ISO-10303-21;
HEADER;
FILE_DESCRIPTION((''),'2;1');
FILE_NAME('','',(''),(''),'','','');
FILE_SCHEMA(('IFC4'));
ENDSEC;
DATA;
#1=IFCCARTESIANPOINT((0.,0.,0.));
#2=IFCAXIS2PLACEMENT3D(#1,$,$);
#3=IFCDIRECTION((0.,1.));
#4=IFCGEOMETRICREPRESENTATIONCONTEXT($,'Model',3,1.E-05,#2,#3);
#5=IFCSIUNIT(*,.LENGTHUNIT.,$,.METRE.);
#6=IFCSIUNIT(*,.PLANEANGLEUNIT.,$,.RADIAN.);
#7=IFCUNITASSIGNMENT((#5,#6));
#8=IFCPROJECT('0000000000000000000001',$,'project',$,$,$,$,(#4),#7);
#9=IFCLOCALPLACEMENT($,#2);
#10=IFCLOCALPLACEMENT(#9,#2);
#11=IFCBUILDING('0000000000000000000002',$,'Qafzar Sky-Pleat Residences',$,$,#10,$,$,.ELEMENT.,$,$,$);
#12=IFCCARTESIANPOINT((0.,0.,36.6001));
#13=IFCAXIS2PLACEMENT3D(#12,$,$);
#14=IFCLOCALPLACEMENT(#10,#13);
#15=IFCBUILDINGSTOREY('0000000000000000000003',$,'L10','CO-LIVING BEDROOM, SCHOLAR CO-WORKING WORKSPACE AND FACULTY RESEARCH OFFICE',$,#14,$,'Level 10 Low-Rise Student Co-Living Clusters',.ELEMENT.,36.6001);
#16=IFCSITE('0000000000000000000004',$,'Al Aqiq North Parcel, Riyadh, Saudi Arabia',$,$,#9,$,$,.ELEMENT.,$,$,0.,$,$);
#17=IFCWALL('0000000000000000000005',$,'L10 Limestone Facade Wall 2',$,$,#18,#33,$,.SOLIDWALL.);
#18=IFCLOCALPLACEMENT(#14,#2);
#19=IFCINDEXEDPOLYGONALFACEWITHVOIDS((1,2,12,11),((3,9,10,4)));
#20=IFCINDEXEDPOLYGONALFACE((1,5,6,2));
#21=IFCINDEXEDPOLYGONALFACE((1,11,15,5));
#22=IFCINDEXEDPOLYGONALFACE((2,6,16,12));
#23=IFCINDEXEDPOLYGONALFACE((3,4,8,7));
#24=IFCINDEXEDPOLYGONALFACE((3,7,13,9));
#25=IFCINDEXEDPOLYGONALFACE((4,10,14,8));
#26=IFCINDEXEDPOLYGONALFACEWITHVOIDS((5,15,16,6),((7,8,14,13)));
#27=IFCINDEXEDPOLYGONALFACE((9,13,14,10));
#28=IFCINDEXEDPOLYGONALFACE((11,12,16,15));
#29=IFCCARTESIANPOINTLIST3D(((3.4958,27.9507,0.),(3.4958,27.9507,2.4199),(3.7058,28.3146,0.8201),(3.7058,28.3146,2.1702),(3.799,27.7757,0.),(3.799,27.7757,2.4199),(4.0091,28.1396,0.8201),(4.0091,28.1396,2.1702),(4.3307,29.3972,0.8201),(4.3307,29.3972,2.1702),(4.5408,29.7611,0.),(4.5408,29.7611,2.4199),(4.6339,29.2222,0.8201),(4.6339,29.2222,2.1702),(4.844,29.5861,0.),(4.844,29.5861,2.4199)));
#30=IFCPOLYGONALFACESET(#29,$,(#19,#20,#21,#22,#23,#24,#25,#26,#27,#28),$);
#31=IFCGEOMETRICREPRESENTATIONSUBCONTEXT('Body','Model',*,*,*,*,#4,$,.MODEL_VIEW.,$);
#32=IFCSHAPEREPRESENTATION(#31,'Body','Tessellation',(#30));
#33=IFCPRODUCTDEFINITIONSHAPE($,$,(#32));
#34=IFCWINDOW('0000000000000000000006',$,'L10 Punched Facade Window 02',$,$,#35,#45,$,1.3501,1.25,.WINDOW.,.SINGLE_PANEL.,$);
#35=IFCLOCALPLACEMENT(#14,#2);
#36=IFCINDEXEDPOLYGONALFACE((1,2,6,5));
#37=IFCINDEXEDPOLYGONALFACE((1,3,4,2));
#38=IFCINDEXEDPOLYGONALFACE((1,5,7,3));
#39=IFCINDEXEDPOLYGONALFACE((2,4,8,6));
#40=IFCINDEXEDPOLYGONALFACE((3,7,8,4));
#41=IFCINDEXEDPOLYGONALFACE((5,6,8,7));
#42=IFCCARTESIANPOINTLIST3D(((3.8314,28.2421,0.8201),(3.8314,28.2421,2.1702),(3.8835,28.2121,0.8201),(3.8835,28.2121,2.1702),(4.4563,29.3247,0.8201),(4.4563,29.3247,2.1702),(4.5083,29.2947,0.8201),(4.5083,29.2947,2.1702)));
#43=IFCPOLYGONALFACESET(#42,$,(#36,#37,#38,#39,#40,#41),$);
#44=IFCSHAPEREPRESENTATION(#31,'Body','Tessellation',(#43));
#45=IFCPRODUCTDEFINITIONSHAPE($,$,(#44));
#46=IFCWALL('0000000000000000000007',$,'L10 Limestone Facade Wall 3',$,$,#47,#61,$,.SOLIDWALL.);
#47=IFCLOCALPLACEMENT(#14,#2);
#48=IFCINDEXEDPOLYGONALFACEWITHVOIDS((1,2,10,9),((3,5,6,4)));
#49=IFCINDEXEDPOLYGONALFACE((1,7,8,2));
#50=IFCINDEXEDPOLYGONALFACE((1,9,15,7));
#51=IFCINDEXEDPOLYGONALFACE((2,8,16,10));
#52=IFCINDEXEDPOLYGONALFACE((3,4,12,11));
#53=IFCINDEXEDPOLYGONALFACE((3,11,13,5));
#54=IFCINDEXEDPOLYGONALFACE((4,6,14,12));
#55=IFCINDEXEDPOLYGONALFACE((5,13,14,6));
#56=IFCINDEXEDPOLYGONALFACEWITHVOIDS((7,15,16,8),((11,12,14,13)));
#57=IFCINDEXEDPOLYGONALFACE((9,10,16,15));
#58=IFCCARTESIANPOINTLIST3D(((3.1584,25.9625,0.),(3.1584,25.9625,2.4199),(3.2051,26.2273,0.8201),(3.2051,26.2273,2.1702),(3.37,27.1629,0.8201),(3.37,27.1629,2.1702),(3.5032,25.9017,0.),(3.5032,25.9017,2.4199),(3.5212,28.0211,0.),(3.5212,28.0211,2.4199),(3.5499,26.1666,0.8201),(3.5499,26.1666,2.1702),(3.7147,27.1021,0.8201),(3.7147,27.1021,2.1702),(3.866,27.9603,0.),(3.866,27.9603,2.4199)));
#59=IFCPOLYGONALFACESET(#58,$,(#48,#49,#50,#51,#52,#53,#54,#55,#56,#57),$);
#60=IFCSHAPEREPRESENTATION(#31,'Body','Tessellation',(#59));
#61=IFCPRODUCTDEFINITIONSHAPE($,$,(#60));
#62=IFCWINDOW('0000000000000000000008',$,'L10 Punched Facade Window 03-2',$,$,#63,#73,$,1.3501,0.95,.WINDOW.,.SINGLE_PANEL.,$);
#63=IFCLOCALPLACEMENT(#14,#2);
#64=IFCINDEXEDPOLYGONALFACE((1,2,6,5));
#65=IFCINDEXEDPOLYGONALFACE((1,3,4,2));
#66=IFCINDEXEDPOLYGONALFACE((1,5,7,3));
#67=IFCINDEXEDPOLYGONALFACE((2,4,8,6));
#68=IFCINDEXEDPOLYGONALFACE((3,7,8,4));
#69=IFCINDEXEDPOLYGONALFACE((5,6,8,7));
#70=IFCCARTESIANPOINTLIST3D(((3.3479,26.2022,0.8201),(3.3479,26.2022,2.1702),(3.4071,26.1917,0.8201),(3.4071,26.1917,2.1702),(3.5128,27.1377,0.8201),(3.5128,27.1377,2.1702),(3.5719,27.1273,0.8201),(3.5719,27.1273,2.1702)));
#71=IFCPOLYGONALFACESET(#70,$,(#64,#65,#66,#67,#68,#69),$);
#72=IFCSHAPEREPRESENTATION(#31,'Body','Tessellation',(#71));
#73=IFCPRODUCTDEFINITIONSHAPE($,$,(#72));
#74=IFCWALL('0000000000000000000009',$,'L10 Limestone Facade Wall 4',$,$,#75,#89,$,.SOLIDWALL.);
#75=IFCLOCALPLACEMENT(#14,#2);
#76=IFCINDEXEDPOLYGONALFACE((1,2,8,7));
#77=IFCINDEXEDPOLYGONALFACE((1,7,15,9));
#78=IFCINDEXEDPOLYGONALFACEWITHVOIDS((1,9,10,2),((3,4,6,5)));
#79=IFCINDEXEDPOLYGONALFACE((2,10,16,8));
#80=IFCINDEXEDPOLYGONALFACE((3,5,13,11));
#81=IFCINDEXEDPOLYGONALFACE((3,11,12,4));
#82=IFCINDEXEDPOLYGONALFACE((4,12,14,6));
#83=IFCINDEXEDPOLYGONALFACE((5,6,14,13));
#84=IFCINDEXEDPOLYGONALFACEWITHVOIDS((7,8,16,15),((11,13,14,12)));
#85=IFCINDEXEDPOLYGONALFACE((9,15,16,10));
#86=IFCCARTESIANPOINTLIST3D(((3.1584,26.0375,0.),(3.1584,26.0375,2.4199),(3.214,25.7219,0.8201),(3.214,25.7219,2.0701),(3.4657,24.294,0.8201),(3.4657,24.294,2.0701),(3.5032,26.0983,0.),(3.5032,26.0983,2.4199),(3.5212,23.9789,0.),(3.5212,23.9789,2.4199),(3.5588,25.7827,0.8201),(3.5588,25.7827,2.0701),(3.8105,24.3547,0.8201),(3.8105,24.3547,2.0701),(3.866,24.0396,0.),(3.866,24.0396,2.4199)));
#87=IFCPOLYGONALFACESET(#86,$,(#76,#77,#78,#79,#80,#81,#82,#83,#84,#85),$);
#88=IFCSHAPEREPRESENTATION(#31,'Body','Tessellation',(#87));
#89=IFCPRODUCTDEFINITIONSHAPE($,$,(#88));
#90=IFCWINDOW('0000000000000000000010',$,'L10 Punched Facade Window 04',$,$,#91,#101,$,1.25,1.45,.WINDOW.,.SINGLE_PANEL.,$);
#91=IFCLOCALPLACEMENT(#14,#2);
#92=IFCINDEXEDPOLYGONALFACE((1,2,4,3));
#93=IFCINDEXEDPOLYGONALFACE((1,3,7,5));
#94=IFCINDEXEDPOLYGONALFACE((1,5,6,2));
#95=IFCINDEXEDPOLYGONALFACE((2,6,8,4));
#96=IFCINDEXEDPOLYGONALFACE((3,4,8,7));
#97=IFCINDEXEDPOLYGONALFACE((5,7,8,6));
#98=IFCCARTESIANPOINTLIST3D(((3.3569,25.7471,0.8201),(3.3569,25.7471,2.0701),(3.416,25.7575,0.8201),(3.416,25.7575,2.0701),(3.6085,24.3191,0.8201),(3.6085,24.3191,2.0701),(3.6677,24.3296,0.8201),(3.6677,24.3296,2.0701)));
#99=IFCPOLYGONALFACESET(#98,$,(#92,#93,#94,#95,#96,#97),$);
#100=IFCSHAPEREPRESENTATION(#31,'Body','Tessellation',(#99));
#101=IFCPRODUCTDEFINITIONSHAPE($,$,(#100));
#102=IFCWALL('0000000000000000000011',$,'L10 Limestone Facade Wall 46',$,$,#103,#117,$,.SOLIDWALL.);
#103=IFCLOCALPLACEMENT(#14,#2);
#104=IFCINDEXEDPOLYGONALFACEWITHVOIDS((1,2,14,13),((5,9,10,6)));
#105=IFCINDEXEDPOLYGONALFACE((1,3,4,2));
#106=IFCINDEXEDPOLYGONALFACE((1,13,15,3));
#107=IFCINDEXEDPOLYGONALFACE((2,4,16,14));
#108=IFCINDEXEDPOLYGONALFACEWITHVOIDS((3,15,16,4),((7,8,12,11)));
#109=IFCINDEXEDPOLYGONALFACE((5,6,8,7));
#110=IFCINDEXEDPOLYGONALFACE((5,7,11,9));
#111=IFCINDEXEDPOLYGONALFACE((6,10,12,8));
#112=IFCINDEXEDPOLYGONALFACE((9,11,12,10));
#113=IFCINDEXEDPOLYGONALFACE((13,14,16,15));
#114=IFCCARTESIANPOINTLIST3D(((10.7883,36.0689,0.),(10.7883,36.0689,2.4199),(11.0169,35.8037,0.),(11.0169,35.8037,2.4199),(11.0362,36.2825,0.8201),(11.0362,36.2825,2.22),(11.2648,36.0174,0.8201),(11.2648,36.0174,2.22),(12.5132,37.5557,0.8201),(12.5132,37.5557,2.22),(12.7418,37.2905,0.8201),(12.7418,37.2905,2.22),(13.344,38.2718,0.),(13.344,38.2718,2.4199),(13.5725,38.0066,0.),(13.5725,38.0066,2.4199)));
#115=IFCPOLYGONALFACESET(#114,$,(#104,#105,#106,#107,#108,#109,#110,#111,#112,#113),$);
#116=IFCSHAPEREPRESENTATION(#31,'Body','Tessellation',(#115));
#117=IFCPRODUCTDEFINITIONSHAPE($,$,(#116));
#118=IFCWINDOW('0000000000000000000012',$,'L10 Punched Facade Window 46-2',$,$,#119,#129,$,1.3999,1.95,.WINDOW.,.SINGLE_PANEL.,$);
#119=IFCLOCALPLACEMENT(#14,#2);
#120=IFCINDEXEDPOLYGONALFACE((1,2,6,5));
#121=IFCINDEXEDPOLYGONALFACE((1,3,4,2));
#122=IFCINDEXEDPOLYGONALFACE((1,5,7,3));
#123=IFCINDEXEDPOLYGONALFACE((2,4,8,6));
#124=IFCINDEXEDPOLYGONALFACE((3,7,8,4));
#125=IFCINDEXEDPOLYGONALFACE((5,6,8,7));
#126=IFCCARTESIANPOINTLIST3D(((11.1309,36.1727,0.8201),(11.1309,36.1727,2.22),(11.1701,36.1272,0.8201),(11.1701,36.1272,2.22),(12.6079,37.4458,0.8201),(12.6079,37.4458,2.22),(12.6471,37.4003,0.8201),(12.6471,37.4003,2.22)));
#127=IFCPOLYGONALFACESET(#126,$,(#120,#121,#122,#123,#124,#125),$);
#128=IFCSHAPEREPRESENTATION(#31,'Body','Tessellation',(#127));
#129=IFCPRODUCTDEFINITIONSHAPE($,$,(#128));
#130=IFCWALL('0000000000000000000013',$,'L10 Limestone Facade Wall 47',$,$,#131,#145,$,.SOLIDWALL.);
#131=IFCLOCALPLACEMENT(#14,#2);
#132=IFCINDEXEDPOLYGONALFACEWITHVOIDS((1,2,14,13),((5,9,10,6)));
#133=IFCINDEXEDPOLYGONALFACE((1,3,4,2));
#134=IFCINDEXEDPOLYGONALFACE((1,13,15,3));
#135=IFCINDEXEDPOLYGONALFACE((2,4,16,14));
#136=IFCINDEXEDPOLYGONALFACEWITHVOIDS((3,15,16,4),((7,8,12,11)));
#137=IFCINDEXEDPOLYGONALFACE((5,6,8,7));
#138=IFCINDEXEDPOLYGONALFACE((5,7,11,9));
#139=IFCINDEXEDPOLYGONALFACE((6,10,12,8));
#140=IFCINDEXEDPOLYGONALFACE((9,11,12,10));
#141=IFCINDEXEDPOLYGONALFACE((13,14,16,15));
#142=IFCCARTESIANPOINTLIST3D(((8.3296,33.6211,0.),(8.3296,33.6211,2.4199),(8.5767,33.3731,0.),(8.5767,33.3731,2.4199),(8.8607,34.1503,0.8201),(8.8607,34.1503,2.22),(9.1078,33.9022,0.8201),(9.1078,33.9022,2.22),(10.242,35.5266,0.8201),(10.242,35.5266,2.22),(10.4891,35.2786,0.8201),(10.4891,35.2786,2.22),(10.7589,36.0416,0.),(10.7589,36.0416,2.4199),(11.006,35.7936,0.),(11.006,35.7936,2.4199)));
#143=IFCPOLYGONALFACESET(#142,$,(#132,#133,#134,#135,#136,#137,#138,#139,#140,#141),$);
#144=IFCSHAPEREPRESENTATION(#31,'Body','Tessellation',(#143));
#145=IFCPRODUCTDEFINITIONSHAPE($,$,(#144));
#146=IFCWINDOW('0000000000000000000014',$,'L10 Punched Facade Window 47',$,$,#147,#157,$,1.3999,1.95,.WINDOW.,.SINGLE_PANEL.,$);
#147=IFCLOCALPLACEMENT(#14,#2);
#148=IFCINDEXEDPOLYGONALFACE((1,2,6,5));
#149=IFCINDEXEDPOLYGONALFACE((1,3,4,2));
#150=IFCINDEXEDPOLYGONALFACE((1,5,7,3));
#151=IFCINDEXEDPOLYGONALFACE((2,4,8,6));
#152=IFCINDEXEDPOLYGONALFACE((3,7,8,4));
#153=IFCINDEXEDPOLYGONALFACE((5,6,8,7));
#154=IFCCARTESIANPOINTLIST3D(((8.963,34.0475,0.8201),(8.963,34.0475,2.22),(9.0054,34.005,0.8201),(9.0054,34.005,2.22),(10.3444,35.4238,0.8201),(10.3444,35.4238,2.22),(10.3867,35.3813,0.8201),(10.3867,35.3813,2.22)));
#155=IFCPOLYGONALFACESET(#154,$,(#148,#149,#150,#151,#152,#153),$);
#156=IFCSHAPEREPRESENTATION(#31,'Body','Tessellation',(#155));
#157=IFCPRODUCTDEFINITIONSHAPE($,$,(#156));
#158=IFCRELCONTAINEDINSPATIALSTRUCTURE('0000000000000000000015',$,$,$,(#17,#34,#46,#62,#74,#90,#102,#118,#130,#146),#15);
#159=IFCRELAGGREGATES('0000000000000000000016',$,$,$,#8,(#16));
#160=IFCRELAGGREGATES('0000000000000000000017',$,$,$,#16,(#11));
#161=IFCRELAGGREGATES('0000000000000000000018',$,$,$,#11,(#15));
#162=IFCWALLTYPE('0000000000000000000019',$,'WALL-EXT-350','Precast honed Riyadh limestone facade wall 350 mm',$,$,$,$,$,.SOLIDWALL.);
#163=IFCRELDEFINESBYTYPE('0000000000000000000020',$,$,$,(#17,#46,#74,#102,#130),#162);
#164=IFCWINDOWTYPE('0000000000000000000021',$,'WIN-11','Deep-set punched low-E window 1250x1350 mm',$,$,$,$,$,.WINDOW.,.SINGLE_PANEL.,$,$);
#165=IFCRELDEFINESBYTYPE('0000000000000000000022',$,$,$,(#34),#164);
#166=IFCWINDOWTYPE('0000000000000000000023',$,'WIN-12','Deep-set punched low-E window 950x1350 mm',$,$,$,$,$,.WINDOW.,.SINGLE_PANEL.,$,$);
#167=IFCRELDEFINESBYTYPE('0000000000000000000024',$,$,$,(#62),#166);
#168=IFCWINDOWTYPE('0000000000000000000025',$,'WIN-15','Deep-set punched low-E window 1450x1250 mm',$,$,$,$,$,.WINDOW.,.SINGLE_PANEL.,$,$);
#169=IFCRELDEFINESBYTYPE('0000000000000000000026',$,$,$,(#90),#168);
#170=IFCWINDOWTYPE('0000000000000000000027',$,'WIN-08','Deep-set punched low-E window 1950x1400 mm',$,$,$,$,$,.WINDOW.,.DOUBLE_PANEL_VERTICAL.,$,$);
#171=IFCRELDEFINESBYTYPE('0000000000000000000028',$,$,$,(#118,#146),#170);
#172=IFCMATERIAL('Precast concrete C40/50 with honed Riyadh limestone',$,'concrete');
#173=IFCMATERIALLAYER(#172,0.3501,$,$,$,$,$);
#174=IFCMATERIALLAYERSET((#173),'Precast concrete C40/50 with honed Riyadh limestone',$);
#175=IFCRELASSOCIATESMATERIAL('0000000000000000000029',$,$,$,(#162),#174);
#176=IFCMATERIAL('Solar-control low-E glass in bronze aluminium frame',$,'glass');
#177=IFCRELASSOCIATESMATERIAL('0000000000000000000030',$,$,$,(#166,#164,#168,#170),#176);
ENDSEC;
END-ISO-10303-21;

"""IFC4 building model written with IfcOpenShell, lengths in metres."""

from ifc_helpers import new_model, si_unit, direction, frame, frame_2d, origin, place, context, subcontext, project, spatial, rectangle, extrude, source, transform, mapped, material, layer, layer_set, type_object, element, fill, save


model = new_model("IFC4")

# Units and contexts
model_context = context("Model", 3, precision=1e-05, world=origin(), true_north=direction((0.0, 1.0)))
body_context = subcontext(model_context, "Body", "Model", "MODEL_VIEW")
ifc_project = project(units=[si_unit("LENGTHUNIT", "METRE"), si_unit("PLANEANGLEUNIT", "RADIAN")], contexts=[model_context])

# Site, building, storey
site_placement = place(None, origin())
site = spatial("IfcSite", under=ifc_project, at=site_placement, Name="Al Aqiq North Parcel, Riyadh, Saudi Arabia", CompositionType="ELEMENT", RefElevation=0.0)
building_placement = place(site_placement, origin())
building = spatial("IfcBuilding", under=site, at=building_placement, Name="Qafzar Sky-Pleat Residences", CompositionType="ELEMENT")
storey_placement = place(building_placement, frame((0.0, 0.0, 36.6001)))
storey = spatial("IfcBuildingStorey", under=building, at=storey_placement, Name="L10", Description="CO-LIVING BEDROOM, SCHOLAR CO-WORKING WORKSPACE AND FACULTY RESEARCH OFFICE", LongName="Level 10 Low-Rise Student Co-Living Clusters", CompositionType="ELEMENT", Elevation=36.6001)

# Walls, openings, windows
ifc_material_1 = material(Name="Precast concrete C40/50 with honed Riyadh limestone", Category="concrete")
ifc_layer_1 = layer(ifc_material_1, 0.3501)
ifc_layer_set_1 = layer_set([ifc_layer_1], Name="Precast concrete C40/50 with honed Riyadh limestone")
wall_type_1 = type_object("IfcWallType", Name="WALL-EXT-350", Description="Precast honed Riyadh limestone facade wall 350 mm", PredefinedType="SOLIDWALL", material=ifc_layer_set_1)
ifc_material_2 = material(Name="Solar-control low-E glass in bronze aluminium frame", Category="glass")
window_type_1 = type_object("IfcWindowType", Name="WIN-12", Description="Deep-set punched low-E window 950x1350 mm", PartitioningType="SINGLE_PANEL", PredefinedType="WINDOW", material=ifc_material_2)
shared_shape_1 = source(origin(), body_context, "Body", "SweptSolid", [
    extrude(rectangle(XDim=0.95, YDim=1.3501, at=frame_2d((0.4751, 0.675))), frame((0.0, 0.03, 0.0), z_axis=(0.0, -1.0, 0.0), x_axis=(1.0, 0.0, 0.0)), (0.0, 0.0, 1.0), 0.0601),
])
wall_1_placement = place(storey_placement, frame((4.6924, 29.6736, 0.0), z_axis=(0.0, 0.0, 1.0), x_axis=(-0.499908, -0.866079, 0.0)))
wall_1 = element("IfcWall", 1, at=wall_1_placement, inside=storey, type_object=wall_type_1, Name="L10 Limestone Facade Wall 2", PredefinedType="SOLIDWALL", context=body_context, shape_type="SweptSolid", body=[
    extrude(rectangle(XDim=2.0903, YDim=0.3501, at=frame_2d((1.0452, 0.0))), origin(), (0.0, 0.0, 1.0), 2.4199),
])
opening_1_placement = place(wall_1_placement, frame((0.4202, 0.0, 0.8201)))
opening_1 = element("IfcOpeningElement", 2, at=opening_1_placement, cuts=wall_1, PredefinedType="OPENING", context=body_context, shape_type="SweptSolid", body=[
    extrude(rectangle(XDim=1.25, YDim=1.3501, at=frame_2d((0.625, 0.675))), frame((0.0, 0.1851, 0.0), z_axis=(0.0, -1.0, 0.0), x_axis=(1.0, 0.0, 0.0)), (0.0, 0.0, 1.0), 0.3701),
])
window_type_2 = type_object("IfcWindowType", Name="WIN-11", Description="Deep-set punched low-E window 1250x1350 mm", PartitioningType="SINGLE_PANEL", PredefinedType="WINDOW", material=ifc_material_2)
shared_shape_2 = source(origin(), body_context, "Body", "SweptSolid", [
    extrude(rectangle(XDim=1.25, YDim=1.3501, at=frame_2d((0.625, 0.675))), frame((0.0, 0.03, 0.0), z_axis=(0.0, -1.0, 0.0), x_axis=(1.0, 0.0, 0.0)), (0.0, 0.0, 1.0), 0.0601),
])
window_1_placement = place(opening_1_placement, origin())
window_1 = element("IfcWindow", 3, at=window_1_placement, inside=storey, type_object=window_type_2, Name="L10 Punched Facade Window 02", OverallHeight=1.3501, OverallWidth=1.25, PartitioningType="SINGLE_PANEL", PredefinedType="WINDOW", context=body_context, shape_type="MappedRepresentation", body=[
    mapped(shared_shape_2, transform((0.0, 0.0, 0.0), x_axis=(1.0, 0.0, 0.0), y_axis=(0.0, 1.0, 0.0), z_axis=(0.0, 0.0, 1.0), scale=1.0)),
])
fill(opening_1, window_1)
wall_2_placement = place(storey_placement, frame((3.6936, 27.9907, 0.0), z_axis=(0.0, 0.0, 1.0), x_axis=(-0.173559, -0.984824, 0.0)))
wall_2 = element("IfcWall", 4, at=wall_2_placement, inside=storey, type_object=wall_type_1, Name="L10 Limestone Facade Wall 3", PredefinedType="SOLIDWALL", context=body_context, shape_type="SweptSolid", body=[
    extrude(rectangle(XDim=2.0903, YDim=0.3501, at=frame_2d((1.0452, 0.0))), origin(), (0.0, 0.0, 1.0), 2.4199),
])
opening_2_placement = place(wall_2_placement, frame((0.8713, 0.0, 0.8201)))
opening_2 = element("IfcOpeningElement", 5, at=opening_2_placement, cuts=wall_2, PredefinedType="OPENING", context=body_context, shape_type="SweptSolid", body=[
    extrude(rectangle(XDim=0.95, YDim=1.3501, at=frame_2d((0.4751, 0.675))), frame((0.0, 0.1851, 0.0), z_axis=(0.0, -1.0, 0.0), x_axis=(1.0, 0.0, 0.0)), (0.0, 0.0, 1.0), 0.3701),
])
window_2_placement = place(opening_2_placement, origin())
window_2 = element("IfcWindow", 6, at=window_2_placement, inside=storey, type_object=window_type_1, Name="L10 Punched Facade Window 03-2", OverallHeight=1.3501, OverallWidth=0.95, PartitioningType="SINGLE_PANEL", PredefinedType="WINDOW", context=body_context, shape_type="MappedRepresentation", body=[
    mapped(shared_shape_1, transform((0.0, 0.0, 0.0), x_axis=(1.0, 0.0, 0.0), y_axis=(0.0, 1.0, 0.0), z_axis=(0.0, 0.0, 1.0), scale=1.0)),
])
fill(opening_2, window_2)
wall_3_placement = place(storey_placement, frame((3.3308, 26.0679, 0.0), z_axis=(0.0, 0.0, 1.0), x_axis=(0.173559, -0.984824, 0.0)))
wall_3 = element("IfcWall", 7, at=wall_3_placement, inside=storey, type_object=wall_type_1, Name="L10 Limestone Facade Wall 4", PredefinedType="SOLIDWALL", context=body_context, shape_type="SweptSolid", body=[
    extrude(rectangle(XDim=2.0903, YDim=0.3501, at=frame_2d((1.0452, 0.0))), origin(), (0.0, 0.0, 1.0), 2.4199),
])
opening_3_placement = place(wall_3_placement, frame((0.3203, 0.0, 0.8201)))
opening_3 = element("IfcOpeningElement", 8, at=opening_3_placement, cuts=wall_3, PredefinedType="OPENING", context=body_context, shape_type="SweptSolid", body=[
    extrude(rectangle(XDim=1.45, YDim=1.25, at=frame_2d((0.7251, 0.625))), frame((0.0, 0.1851, 0.0), z_axis=(0.0, -1.0, 0.0), x_axis=(1.0, 0.0, 0.0)), (0.0, 0.0, 1.0), 0.3701),
])
window_type_3 = type_object("IfcWindowType", Name="WIN-15", Description="Deep-set punched low-E window 1450x1250 mm", PartitioningType="SINGLE_PANEL", PredefinedType="WINDOW", material=ifc_material_2)
shared_shape_3 = source(origin(), body_context, "Body", "SweptSolid", [
    extrude(rectangle(XDim=1.45, YDim=1.25, at=frame_2d((0.7251, 0.625))), frame((0.0, 0.03, 0.0), z_axis=(0.0, -1.0, 0.0), x_axis=(1.0, 0.0, 0.0)), (0.0, 0.0, 1.0), 0.0601),
])
window_3_placement = place(opening_3_placement, origin())
window_3 = element("IfcWindow", 9, at=window_3_placement, inside=storey, type_object=window_type_3, Name="L10 Punched Facade Window 04", OverallHeight=1.25, OverallWidth=1.45, PartitioningType="SINGLE_PANEL", PredefinedType="WINDOW", context=body_context, shape_type="MappedRepresentation", body=[
    mapped(shared_shape_3, transform((0.0, 0.0, 0.0), x_axis=(1.0, 0.0, 0.0), y_axis=(0.0, 1.0, 0.0), z_axis=(0.0, 0.0, 1.0), scale=1.0)),
])
fill(opening_3, window_3)
wall_4_placement = place(storey_placement, frame((13.4583, 38.1392, 0.0), z_axis=(0.0, 0.0, 1.0), x_axis=(-0.757451, -0.652892, 0.0)))
wall_4 = element("IfcWall", 10, at=wall_4_placement, inside=storey, type_object=wall_type_1, Name="L10 Limestone Facade Wall 46", PredefinedType="SOLIDWALL", context=body_context, shape_type="SweptSolid", body=[
    extrude(rectangle(XDim=3.374, YDim=0.3501, at=frame_2d((1.687, 0.0))), origin(), (0.0, 0.0, 1.0), 2.4199),
])
opening_4_placement = place(wall_4_placement, frame((1.0967, 0.0, 0.8201)))
opening_4 = element("IfcOpeningElement", 11, at=opening_4_placement, cuts=wall_4, PredefinedType="OPENING", context=body_context, shape_type="SweptSolid", body=[
    extrude(rectangle(XDim=1.95, YDim=1.3999, at=frame_2d((0.9751, 0.7))), frame((0.0, 0.1851, 0.0), z_axis=(0.0, -1.0, 0.0), x_axis=(1.0, 0.0, 0.0)), (0.0, 0.0, 1.0), 0.3701),
])
window_type_4 = type_object("IfcWindowType", Name="WIN-08", Description="Deep-set punched low-E window 1950x1400 mm", PartitioningType="DOUBLE_PANEL_VERTICAL", PredefinedType="WINDOW", material=ifc_material_2)
shared_shape_4 = source(origin(), body_context, "Body", "SweptSolid", [
    extrude(rectangle(XDim=1.95, YDim=1.3999, at=frame_2d((0.9751, 0.7))), frame((0.0, 0.03, 0.0), z_axis=(0.0, -1.0, 0.0), x_axis=(1.0, 0.0, 0.0)), (0.0, 0.0, 1.0), 0.0601),
])
window_4_placement = place(opening_4_placement, origin())
window_4 = element("IfcWindow", 12, at=window_4_placement, inside=storey, type_object=window_type_4, Name="L10 Punched Facade Window 46-2", OverallHeight=1.3999, OverallWidth=1.95, PartitioningType="SINGLE_PANEL", PredefinedType="WINDOW", context=body_context, shape_type="MappedRepresentation", body=[
    mapped(shared_shape_4, transform((0.0, 0.0, 0.0), x_axis=(1.0, 0.0, 0.0), y_axis=(0.0, 1.0, 0.0), z_axis=(0.0, 0.0, 1.0), scale=1.0)),
])
fill(opening_4, window_4)
wall_5_placement = place(storey_placement, frame((10.8826, 35.9177, 0.0), z_axis=(0.0, 0.0, 1.0), x_axis=(-0.708387, -0.705824, 0.0)))
wall_5 = element("IfcWall", 13, at=wall_5_placement, inside=storey, type_object=wall_type_1, Name="L10 Limestone Facade Wall 47", PredefinedType="SOLIDWALL", context=body_context, shape_type="SweptSolid", body=[
    extrude(rectangle(XDim=3.4294, YDim=0.3501, at=frame_2d((1.7148, 0.0))), origin(), (0.0, 0.0, 1.0), 2.4199),
])
opening_5_placement = place(wall_5_placement, frame((0.7297, 0.0, 0.8201)))
opening_5 = element("IfcOpeningElement", 14, at=opening_5_placement, cuts=wall_5, PredefinedType="OPENING", context=body_context, shape_type="SweptSolid", body=[
    extrude(rectangle(XDim=1.95, YDim=1.3999, at=frame_2d((0.9751, 0.7))), frame((0.0, 0.1851, 0.0), z_axis=(0.0, -1.0, 0.0), x_axis=(1.0, 0.0, 0.0)), (0.0, 0.0, 1.0), 0.3701),
])
window_5_placement = place(opening_5_placement, origin())
window_5 = element("IfcWindow", 15, at=window_5_placement, inside=storey, type_object=window_type_4, Name="L10 Punched Facade Window 47", OverallHeight=1.3999, OverallWidth=1.95, PartitioningType="SINGLE_PANEL", PredefinedType="WINDOW", context=body_context, shape_type="MappedRepresentation", body=[
    mapped(shared_shape_4, transform((0.0, 0.0, 0.0), x_axis=(1.0, 0.0, 0.0), y_axis=(0.0, 1.0, 0.0), z_axis=(0.0, 0.0, 1.0), scale=1.0)),
])
fill(opening_5, window_5)

save(model, "model.ifc")
